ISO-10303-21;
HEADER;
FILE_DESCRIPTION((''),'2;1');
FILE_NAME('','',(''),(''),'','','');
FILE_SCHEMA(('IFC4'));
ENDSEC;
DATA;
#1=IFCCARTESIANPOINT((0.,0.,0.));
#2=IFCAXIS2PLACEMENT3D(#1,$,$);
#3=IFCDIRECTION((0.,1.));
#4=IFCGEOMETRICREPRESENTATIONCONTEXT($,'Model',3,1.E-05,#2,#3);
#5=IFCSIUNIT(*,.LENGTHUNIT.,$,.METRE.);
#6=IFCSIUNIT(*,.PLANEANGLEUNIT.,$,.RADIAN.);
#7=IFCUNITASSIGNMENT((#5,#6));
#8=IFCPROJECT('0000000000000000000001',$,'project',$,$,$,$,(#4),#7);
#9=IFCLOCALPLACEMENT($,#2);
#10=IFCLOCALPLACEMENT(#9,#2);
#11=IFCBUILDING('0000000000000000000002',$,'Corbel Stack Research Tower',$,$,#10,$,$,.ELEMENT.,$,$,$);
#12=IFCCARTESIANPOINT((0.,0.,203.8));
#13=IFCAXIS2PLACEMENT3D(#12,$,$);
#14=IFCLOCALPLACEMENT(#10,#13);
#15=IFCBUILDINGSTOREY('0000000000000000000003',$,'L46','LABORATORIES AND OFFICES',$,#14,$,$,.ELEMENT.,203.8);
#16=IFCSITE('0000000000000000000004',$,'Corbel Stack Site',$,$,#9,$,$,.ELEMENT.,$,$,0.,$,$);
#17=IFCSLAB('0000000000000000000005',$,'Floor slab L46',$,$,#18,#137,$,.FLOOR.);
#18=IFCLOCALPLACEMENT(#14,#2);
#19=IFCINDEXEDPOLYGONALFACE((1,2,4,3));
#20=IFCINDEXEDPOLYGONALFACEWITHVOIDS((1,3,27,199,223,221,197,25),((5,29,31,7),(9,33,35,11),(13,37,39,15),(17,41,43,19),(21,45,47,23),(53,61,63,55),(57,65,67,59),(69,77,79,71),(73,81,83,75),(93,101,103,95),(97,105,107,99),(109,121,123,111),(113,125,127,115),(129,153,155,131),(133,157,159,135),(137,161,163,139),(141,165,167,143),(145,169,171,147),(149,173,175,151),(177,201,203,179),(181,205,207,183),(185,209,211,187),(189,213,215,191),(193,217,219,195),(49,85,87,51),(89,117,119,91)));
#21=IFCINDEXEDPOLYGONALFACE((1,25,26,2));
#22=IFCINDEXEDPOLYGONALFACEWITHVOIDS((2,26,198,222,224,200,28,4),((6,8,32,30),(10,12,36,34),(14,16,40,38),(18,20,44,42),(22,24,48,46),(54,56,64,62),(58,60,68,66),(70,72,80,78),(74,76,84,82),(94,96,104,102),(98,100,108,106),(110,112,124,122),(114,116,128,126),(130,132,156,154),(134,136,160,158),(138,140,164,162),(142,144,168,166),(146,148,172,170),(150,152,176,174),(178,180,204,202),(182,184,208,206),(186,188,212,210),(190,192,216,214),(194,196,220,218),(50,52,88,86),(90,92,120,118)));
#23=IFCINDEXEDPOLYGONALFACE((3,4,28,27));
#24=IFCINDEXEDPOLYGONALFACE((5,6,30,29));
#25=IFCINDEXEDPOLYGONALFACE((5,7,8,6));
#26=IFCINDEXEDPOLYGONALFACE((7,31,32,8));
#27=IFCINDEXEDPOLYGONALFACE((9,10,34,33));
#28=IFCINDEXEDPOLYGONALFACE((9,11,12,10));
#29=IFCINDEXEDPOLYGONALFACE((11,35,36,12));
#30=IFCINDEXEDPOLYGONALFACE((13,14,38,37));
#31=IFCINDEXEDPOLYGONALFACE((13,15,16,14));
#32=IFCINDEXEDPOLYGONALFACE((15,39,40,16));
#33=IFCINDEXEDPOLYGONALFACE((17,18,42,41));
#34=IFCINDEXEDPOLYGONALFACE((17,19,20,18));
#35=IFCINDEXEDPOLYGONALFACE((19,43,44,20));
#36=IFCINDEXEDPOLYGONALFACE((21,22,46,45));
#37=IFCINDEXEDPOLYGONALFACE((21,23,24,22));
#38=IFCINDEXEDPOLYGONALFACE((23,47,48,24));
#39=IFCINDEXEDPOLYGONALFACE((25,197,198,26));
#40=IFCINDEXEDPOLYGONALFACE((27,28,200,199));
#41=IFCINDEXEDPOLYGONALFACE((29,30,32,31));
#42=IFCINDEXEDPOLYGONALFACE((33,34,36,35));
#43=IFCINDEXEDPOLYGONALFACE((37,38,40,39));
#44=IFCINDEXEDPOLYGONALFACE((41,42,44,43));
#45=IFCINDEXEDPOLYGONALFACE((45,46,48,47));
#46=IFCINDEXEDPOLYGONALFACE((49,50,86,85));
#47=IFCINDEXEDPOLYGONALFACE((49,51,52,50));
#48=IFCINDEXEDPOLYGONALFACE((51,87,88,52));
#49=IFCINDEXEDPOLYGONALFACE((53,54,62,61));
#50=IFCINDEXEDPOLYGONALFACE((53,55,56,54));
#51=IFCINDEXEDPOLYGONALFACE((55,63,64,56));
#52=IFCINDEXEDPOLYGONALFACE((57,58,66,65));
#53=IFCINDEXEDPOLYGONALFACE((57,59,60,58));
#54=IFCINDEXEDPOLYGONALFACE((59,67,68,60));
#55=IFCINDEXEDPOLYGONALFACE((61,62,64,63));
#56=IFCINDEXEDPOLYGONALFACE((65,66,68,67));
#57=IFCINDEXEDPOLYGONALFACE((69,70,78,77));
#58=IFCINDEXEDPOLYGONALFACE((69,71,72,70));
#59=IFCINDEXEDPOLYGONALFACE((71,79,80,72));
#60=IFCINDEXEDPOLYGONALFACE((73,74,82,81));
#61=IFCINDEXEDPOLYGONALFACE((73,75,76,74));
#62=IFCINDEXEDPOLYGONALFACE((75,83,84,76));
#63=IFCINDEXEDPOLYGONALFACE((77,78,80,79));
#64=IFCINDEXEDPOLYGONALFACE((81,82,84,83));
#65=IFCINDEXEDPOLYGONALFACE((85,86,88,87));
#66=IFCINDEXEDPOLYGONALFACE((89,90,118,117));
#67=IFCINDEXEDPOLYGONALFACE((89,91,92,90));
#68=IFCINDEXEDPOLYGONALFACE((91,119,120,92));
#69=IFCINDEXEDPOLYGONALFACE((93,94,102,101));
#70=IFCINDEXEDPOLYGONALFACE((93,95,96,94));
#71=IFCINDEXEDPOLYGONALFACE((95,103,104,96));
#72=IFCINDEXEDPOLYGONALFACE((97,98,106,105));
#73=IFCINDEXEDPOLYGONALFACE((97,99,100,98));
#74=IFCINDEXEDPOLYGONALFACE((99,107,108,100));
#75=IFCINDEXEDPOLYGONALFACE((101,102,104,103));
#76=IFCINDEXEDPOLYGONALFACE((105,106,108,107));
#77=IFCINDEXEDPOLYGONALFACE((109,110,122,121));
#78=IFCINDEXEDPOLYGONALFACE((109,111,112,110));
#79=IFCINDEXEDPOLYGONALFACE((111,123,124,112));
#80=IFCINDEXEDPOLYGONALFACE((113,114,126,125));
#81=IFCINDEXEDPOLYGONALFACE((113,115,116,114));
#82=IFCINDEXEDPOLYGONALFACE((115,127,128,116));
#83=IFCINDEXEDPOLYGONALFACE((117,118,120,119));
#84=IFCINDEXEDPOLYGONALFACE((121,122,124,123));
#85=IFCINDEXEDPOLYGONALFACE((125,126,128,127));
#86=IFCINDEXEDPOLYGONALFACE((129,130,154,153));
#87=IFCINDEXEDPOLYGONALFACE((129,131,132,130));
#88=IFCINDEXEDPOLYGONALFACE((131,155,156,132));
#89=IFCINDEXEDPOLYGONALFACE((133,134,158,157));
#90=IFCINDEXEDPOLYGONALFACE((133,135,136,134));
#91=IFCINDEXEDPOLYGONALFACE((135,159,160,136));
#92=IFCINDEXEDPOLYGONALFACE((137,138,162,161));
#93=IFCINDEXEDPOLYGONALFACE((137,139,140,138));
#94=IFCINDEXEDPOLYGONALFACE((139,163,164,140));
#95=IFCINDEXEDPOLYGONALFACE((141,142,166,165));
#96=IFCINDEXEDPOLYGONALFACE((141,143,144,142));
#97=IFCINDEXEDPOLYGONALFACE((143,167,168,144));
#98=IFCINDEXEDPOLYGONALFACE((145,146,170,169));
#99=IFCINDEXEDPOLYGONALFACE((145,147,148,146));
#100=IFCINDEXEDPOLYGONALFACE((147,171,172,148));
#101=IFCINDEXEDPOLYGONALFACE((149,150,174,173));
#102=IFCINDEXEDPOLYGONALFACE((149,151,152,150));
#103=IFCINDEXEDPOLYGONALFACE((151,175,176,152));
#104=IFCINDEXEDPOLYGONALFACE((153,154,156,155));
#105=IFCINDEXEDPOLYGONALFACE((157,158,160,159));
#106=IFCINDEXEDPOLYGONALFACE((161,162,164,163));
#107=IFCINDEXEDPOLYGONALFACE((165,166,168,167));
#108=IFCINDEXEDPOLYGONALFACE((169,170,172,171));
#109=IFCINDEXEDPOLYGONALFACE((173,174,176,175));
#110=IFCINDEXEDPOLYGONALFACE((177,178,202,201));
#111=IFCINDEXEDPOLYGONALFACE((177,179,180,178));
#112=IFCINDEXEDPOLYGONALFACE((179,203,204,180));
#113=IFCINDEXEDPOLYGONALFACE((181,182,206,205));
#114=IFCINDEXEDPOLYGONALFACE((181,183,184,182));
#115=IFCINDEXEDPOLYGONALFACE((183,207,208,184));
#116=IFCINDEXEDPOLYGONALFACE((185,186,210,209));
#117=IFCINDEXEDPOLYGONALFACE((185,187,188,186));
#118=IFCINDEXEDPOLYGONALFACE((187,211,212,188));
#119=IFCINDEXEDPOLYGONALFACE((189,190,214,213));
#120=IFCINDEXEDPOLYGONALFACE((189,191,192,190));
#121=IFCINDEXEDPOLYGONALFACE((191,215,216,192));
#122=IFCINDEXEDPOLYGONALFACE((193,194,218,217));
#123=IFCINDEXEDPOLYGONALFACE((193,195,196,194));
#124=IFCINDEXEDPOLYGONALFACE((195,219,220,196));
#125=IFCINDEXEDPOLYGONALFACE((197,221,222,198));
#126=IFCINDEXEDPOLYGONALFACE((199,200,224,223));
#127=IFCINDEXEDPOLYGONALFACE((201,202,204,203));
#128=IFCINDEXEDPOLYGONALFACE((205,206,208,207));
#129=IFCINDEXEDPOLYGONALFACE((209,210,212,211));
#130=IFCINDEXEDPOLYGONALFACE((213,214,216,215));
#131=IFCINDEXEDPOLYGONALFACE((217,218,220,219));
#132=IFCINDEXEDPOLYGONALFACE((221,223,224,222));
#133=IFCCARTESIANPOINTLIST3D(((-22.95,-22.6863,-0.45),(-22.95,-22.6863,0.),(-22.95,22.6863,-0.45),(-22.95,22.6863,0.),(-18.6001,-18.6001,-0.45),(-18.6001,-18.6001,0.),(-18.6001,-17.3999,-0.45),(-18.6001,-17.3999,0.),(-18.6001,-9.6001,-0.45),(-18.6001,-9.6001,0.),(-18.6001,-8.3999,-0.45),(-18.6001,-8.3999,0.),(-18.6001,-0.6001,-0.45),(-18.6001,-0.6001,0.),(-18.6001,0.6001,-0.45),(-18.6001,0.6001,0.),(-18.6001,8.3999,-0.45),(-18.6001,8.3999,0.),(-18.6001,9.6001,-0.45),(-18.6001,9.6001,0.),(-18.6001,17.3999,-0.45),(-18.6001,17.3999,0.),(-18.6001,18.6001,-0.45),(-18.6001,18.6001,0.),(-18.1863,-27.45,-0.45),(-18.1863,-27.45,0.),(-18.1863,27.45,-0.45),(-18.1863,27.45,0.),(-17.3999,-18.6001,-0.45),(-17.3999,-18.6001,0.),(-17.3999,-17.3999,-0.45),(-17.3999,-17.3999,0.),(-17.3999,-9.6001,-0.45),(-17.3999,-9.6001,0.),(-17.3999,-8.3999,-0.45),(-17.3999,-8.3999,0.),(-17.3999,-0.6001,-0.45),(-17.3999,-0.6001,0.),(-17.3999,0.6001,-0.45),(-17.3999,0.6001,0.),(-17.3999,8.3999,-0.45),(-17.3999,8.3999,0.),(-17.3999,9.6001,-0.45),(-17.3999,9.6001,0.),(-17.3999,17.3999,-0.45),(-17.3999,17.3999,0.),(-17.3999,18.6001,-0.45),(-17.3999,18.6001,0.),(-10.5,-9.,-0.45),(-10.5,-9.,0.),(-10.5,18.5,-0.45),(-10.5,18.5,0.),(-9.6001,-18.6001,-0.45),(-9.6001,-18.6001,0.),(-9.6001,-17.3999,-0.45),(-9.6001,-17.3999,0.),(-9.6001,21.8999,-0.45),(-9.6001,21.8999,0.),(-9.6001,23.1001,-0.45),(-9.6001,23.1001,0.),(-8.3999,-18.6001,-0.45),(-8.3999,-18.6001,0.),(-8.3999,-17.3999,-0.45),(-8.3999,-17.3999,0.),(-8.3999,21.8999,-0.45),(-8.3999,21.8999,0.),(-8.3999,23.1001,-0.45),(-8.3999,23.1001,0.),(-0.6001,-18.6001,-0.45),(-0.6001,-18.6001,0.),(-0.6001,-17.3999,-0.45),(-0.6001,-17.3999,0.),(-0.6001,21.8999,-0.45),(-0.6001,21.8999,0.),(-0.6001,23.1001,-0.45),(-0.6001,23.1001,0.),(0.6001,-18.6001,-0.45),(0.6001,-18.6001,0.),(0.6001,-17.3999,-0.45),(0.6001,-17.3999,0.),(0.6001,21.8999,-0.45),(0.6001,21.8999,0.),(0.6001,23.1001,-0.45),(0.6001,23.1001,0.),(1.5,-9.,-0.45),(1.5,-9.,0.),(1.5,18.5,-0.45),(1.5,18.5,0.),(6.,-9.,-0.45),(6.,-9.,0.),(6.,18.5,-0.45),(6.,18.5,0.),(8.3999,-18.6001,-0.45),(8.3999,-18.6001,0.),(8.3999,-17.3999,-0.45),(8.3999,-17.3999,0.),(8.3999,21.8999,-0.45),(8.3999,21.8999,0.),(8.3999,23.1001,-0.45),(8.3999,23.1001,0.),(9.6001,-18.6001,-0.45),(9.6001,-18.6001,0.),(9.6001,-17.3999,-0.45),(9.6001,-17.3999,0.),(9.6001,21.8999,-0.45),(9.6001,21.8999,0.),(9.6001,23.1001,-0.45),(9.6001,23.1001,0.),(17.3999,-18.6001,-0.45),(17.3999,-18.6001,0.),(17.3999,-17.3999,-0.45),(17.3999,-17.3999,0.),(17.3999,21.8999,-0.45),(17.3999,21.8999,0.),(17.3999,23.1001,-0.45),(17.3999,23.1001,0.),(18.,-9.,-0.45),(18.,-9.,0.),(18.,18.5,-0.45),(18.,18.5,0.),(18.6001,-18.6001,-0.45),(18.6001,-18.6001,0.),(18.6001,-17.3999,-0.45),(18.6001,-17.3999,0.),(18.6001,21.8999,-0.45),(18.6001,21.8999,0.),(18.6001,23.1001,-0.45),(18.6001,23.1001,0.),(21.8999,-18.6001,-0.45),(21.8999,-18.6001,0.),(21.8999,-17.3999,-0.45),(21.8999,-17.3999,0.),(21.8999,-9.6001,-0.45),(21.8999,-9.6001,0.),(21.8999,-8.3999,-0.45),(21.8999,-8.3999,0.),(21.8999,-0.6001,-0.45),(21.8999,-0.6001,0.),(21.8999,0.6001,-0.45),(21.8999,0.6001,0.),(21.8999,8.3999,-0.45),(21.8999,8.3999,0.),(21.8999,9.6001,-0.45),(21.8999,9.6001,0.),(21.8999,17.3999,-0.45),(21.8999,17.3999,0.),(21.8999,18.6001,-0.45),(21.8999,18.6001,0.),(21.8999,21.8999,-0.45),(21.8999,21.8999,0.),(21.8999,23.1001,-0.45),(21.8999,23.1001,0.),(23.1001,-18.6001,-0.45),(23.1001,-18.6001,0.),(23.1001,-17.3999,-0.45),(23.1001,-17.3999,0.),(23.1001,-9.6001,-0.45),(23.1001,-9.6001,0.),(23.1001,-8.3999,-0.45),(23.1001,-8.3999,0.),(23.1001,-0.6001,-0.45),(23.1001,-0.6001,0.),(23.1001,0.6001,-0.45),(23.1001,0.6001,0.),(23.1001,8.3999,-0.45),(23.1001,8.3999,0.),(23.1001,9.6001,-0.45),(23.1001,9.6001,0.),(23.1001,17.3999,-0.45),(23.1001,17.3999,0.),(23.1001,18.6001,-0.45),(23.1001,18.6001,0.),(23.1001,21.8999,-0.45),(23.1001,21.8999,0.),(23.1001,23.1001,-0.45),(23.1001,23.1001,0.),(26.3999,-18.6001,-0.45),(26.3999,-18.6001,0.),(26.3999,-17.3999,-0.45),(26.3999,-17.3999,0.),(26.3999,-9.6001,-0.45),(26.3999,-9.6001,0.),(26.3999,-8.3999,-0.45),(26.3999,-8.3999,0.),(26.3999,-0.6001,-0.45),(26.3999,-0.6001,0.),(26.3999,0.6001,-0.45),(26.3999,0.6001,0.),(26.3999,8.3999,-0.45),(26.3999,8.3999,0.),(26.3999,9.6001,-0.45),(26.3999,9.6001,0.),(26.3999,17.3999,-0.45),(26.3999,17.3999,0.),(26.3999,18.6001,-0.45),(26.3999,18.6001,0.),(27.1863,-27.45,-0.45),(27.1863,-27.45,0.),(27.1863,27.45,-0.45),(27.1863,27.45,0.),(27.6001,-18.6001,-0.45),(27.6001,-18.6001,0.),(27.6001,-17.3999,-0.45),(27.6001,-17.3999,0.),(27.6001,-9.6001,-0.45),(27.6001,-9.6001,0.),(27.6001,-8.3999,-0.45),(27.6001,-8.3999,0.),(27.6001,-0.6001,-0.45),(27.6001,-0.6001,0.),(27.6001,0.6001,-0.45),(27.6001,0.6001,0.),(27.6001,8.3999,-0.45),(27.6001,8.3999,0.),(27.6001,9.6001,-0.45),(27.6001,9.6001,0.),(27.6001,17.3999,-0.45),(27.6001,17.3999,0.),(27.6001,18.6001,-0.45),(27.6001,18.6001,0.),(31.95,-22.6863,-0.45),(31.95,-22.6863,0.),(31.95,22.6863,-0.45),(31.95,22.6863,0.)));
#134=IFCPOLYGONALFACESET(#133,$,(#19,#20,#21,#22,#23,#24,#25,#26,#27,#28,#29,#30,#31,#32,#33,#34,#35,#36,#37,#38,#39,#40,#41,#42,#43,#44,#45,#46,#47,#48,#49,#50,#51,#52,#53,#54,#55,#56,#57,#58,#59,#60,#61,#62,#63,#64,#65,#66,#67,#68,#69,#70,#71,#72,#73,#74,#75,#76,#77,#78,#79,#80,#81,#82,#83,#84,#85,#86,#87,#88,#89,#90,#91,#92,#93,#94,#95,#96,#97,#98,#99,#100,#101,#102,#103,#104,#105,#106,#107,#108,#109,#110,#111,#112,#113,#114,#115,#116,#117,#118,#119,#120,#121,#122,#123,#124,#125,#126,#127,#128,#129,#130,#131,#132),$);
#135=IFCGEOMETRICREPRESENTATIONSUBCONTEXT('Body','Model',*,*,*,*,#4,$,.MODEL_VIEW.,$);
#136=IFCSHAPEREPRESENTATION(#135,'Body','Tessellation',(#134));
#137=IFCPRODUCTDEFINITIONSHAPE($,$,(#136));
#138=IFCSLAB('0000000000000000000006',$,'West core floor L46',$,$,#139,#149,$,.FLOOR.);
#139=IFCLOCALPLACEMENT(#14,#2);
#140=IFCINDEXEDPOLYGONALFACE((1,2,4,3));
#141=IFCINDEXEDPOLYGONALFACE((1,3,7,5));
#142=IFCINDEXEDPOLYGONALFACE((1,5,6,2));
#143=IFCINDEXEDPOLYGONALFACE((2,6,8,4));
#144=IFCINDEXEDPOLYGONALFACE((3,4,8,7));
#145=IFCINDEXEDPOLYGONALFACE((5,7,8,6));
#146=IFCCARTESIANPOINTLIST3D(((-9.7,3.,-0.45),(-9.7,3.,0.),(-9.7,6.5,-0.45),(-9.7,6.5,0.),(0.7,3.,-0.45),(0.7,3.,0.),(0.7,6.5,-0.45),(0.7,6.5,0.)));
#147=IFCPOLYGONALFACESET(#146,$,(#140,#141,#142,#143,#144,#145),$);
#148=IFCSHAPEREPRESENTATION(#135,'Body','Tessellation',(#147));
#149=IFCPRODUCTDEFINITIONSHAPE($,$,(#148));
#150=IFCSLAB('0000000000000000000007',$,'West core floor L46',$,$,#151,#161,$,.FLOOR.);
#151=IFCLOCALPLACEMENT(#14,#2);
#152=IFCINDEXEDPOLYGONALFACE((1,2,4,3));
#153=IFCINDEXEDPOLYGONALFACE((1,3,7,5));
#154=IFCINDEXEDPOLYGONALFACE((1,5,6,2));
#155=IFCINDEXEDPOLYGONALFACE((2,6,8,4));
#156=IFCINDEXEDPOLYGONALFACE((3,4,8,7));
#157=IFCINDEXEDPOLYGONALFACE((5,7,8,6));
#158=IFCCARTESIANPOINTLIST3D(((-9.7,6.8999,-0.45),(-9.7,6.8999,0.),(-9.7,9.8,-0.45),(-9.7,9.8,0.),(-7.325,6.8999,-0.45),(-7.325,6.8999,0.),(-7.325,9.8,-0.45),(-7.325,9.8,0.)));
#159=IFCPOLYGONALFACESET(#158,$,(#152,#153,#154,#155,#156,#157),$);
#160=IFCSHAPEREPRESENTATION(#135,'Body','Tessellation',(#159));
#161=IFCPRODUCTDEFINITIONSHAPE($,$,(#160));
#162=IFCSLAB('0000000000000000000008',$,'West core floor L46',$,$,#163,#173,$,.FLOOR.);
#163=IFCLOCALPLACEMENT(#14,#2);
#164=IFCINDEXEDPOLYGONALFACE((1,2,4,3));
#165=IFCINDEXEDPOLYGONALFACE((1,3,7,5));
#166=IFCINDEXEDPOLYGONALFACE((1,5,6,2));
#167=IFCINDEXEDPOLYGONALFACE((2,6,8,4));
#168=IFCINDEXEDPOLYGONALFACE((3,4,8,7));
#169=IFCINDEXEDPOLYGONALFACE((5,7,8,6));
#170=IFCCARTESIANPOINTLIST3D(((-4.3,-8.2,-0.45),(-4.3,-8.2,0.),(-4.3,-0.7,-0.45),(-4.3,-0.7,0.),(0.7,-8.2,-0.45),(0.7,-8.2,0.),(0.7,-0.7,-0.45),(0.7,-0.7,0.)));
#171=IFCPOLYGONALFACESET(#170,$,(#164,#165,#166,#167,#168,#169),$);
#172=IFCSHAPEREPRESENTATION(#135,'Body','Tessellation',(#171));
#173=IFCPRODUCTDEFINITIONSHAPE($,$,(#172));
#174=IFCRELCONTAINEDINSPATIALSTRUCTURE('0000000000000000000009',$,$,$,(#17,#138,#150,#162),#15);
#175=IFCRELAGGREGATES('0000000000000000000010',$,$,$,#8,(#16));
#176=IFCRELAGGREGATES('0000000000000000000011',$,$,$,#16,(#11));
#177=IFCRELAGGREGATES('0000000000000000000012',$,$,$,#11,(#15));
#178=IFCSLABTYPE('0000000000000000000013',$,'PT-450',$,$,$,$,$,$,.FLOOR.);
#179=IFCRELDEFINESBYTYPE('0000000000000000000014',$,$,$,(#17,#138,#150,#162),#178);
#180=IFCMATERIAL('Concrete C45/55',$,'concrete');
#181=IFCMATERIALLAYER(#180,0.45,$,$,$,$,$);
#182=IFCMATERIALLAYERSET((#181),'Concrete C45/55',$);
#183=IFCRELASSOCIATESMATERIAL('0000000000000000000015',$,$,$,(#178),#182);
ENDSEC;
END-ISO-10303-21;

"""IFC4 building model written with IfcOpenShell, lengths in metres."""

from ifc_helpers import new_model, si_unit, direction, frame, origin, place, context, subcontext, project, spatial, polyline, outline, extrude, material, layer, layer_set, type_object, element, save


model = new_model("IFC4")

# Units and contexts
model_context = context("Model", 3, precision=1e-05, world=origin(), true_north=direction((0.0, 1.0)))
body_context = subcontext(model_context, "Body", "Model", "MODEL_VIEW")
ifc_project = project(units=[si_unit("LENGTHUNIT", "METRE"), si_unit("PLANEANGLEUNIT", "RADIAN")], contexts=[model_context])

# Site, building, storey
site_placement = place(None, origin())
site = spatial("IfcSite", under=ifc_project, at=site_placement, Name="Corbel Stack Site", CompositionType="ELEMENT", RefElevation=0.0)
building_placement = place(site_placement, origin())
building = spatial("IfcBuilding", under=site, at=building_placement, Name="Corbel Stack Research Tower", CompositionType="ELEMENT")
storey_placement = place(building_placement, frame((0.0, 0.0, 203.8)))
storey = spatial("IfcBuildingStorey", under=building, at=storey_placement, Name="L46", Description="LABORATORIES AND OFFICES", CompositionType="ELEMENT", Elevation=203.8)

# Slabs
ifc_material_1 = material(Name="Concrete C45/55", Category="concrete")
ifc_layer_1 = layer(ifc_material_1, 0.45)
ifc_layer_set_1 = layer_set([ifc_layer_1], Name="Concrete C45/55")
slab_type = type_object("IfcSlabType", Name="PT-450", PredefinedType="FLOOR", material=ifc_layer_set_1)
slab_1_placement = place(storey_placement, frame((0.0, 0.0, -0.45)))
element("IfcSlab", 1, at=slab_1_placement, inside=storey, type_object=slab_type, Name="Floor slab L46", PredefinedType="FLOOR", context=body_context, shape_type="SweptSolid", body=[
    extrude(outline(polyline([(-18.1863, -27.45), (27.1863, -27.45), (31.95, -22.6863), (31.95, 22.6863), (27.1863, 27.45), (-18.1863, 27.45), (-22.95, 22.6863), (-22.95, -22.6863), (-18.1863, -27.45)]), holes=[polyline([(26.3999, 17.3999), (26.3999, 18.6001), (27.6001, 18.6001), (27.6001, 17.3999), (26.3999, 17.3999)]), polyline([(26.3999, 8.3999), (26.3999, 9.6001), (27.6001, 9.6001), (27.6001, 8.3999), (26.3999, 8.3999)]), polyline([(27.6001, -0.6001), (26.3999, -0.6001), (26.3999, 0.6001), (27.6001, 0.6001), (27.6001, -0.6001)]), polyline([(26.3999, -9.6001), (26.3999, -8.3999), (27.6001, -8.3999), (27.6001, -9.6001), (26.3999, -9.6001)]), polyline([(26.3999, -18.6001), (26.3999, -17.3999), (27.6001, -17.3999), (27.6001, -18.6001), (26.3999, -18.6001)]), polyline([(21.8999, 21.8999), (21.8999, 23.1001), (23.1001, 23.1001), (23.1001, 21.8999), (21.8999, 21.8999)]), polyline([(21.8999, 17.3999), (21.8999, 18.6001), (23.1001, 18.6001), (23.1001, 17.3999), (21.8999, 17.3999)]), polyline([(21.8999, 8.3999), (21.8999, 9.6001), (23.1001, 9.6001), (23.1001, 8.3999), (21.8999, 8.3999)]), polyline([(21.8999, -0.6001), (21.8999, 0.6001), (23.1001, 0.6001), (23.1001, -0.6001), (21.8999, -0.6001)]), polyline([(23.1001, -9.6001), (21.8999, -9.6001), (21.8999, -8.3999), (23.1001, -8.3999), (23.1001, -9.6001)]), polyline([(21.8999, -18.6001), (21.8999, -17.3999), (23.1001, -17.3999), (23.1001, -18.6001), (21.8999, -18.6001)]), polyline([(17.3999, 21.8999), (17.3999, 23.1001), (18.6001, 23.1001), (18.6001, 21.8999), (17.3999, 21.8999)]), polyline([(18.6001, -18.6001), (17.3999, -18.6001), (17.3999, -17.3999), (18.6001, -17.3999), (18.6001, -18.6001)]), polyline([(6.0, -9.0), (6.0, 18.5), (18.0, 18.5), (18.0, -9.0), (6.0, -9.0)]), polyline([(8.3999, 21.8999), (8.3999, 23.1001), (9.6001, 23.1001), (9.6001, 21.8999), (8.3999, 21.8999)]), polyline([(9.6001, -18.6001), (8.3999, -18.6001), (8.3999, -17.3999), (9.6001, -17.3999), (9.6001, -18.6001)]), polyline([(1.5, -9.0), (-10.5, -9.0), (-10.5, 18.5), (1.5, 18.5), (1.5, -9.0)]), polyline([(-0.6001, 21.8999), (-0.6001, 23.1001), (0.6001, 23.1001), (0.6001, 21.8999), (-0.6001, 21.8999)]), polyline([(-0.6001, -18.6001), (-0.6001, -17.3999), (0.6001, -17.3999), (0.6001, -18.6001), (-0.6001, -18.6001)]), polyline([(-9.6001, 21.8999), (-9.6001, 23.1001), (-8.3999, 23.1001), (-8.3999, 21.8999), (-9.6001, 21.8999)]), polyline([(-9.6001, -18.6001), (-9.6001, -17.3999), (-8.3999, -17.3999), (-8.3999, -18.6001), (-9.6001, -18.6001)]), polyline([(-18.6001, 17.3999), (-18.6001, 18.6001), (-17.3999, 18.6001), (-17.3999, 17.3999), (-18.6001, 17.3999)]), polyline([(-18.6001, 8.3999), (-18.6001, 9.6001), (-17.3999, 9.6001), (-17.3999, 8.3999), (-18.6001, 8.3999)]), polyline([(-18.6001, -0.6001), (-18.6001, 0.6001), (-17.3999, 0.6001), (-17.3999, -0.6001), (-18.6001, -0.6001)]), polyline([(-18.6001, -9.6001), (-18.6001, -8.3999), (-17.3999, -8.3999), (-17.3999, -9.6001), (-18.6001, -9.6001)]), polyline([(-17.3999, -18.6001), (-18.6001, -18.6001), (-18.6001, -17.3999), (-17.3999, -17.3999), (-17.3999, -18.6001)])]), origin(), (0.0, 0.0, 1.0), 0.45),
])
slab_2_placement = place(storey_placement, frame((0.0, 0.0, -0.45)))
element("IfcSlab", 2, at=slab_2_placement, inside=storey, type_object=slab_type, Name="West core floor L46", PredefinedType="FLOOR", context=body_context, shape_type="SweptSolid", body=[
    extrude(outline(polyline([(0.7, 6.5), (-9.7, 6.5), (-9.7, 3.0), (0.7, 3.0), (0.7, 6.5)])), origin(), (0.0, 0.0, 1.0), 0.45),
])
slab_3_placement = place(storey_placement, frame((0.0, 0.0, -0.45)))
element("IfcSlab", 3, at=slab_3_placement, inside=storey, type_object=slab_type, Name="West core floor L46", PredefinedType="FLOOR", context=body_context, shape_type="SweptSolid", body=[
    extrude(outline(polyline([(-9.7, 6.8999), (-7.325, 6.8999), (-7.325, 9.8), (-9.7, 9.8), (-9.7, 6.8999)])), origin(), (0.0, 0.0, 1.0), 0.45),
])
slab_4_placement = place(storey_placement, frame((0.0, 0.0, -0.45)))
element("IfcSlab", 4, at=slab_4_placement, inside=storey, type_object=slab_type, Name="West core floor L46", PredefinedType="FLOOR", context=body_context, shape_type="SweptSolid", body=[
    extrude(outline(polyline([(-4.3, -0.7), (-4.3, -8.2), (0.7, -8.2), (0.7, -0.7), (-4.3, -0.7)])), origin(), (0.0, 0.0, 1.0), 0.45),
])

save(model, "model.ifc")
